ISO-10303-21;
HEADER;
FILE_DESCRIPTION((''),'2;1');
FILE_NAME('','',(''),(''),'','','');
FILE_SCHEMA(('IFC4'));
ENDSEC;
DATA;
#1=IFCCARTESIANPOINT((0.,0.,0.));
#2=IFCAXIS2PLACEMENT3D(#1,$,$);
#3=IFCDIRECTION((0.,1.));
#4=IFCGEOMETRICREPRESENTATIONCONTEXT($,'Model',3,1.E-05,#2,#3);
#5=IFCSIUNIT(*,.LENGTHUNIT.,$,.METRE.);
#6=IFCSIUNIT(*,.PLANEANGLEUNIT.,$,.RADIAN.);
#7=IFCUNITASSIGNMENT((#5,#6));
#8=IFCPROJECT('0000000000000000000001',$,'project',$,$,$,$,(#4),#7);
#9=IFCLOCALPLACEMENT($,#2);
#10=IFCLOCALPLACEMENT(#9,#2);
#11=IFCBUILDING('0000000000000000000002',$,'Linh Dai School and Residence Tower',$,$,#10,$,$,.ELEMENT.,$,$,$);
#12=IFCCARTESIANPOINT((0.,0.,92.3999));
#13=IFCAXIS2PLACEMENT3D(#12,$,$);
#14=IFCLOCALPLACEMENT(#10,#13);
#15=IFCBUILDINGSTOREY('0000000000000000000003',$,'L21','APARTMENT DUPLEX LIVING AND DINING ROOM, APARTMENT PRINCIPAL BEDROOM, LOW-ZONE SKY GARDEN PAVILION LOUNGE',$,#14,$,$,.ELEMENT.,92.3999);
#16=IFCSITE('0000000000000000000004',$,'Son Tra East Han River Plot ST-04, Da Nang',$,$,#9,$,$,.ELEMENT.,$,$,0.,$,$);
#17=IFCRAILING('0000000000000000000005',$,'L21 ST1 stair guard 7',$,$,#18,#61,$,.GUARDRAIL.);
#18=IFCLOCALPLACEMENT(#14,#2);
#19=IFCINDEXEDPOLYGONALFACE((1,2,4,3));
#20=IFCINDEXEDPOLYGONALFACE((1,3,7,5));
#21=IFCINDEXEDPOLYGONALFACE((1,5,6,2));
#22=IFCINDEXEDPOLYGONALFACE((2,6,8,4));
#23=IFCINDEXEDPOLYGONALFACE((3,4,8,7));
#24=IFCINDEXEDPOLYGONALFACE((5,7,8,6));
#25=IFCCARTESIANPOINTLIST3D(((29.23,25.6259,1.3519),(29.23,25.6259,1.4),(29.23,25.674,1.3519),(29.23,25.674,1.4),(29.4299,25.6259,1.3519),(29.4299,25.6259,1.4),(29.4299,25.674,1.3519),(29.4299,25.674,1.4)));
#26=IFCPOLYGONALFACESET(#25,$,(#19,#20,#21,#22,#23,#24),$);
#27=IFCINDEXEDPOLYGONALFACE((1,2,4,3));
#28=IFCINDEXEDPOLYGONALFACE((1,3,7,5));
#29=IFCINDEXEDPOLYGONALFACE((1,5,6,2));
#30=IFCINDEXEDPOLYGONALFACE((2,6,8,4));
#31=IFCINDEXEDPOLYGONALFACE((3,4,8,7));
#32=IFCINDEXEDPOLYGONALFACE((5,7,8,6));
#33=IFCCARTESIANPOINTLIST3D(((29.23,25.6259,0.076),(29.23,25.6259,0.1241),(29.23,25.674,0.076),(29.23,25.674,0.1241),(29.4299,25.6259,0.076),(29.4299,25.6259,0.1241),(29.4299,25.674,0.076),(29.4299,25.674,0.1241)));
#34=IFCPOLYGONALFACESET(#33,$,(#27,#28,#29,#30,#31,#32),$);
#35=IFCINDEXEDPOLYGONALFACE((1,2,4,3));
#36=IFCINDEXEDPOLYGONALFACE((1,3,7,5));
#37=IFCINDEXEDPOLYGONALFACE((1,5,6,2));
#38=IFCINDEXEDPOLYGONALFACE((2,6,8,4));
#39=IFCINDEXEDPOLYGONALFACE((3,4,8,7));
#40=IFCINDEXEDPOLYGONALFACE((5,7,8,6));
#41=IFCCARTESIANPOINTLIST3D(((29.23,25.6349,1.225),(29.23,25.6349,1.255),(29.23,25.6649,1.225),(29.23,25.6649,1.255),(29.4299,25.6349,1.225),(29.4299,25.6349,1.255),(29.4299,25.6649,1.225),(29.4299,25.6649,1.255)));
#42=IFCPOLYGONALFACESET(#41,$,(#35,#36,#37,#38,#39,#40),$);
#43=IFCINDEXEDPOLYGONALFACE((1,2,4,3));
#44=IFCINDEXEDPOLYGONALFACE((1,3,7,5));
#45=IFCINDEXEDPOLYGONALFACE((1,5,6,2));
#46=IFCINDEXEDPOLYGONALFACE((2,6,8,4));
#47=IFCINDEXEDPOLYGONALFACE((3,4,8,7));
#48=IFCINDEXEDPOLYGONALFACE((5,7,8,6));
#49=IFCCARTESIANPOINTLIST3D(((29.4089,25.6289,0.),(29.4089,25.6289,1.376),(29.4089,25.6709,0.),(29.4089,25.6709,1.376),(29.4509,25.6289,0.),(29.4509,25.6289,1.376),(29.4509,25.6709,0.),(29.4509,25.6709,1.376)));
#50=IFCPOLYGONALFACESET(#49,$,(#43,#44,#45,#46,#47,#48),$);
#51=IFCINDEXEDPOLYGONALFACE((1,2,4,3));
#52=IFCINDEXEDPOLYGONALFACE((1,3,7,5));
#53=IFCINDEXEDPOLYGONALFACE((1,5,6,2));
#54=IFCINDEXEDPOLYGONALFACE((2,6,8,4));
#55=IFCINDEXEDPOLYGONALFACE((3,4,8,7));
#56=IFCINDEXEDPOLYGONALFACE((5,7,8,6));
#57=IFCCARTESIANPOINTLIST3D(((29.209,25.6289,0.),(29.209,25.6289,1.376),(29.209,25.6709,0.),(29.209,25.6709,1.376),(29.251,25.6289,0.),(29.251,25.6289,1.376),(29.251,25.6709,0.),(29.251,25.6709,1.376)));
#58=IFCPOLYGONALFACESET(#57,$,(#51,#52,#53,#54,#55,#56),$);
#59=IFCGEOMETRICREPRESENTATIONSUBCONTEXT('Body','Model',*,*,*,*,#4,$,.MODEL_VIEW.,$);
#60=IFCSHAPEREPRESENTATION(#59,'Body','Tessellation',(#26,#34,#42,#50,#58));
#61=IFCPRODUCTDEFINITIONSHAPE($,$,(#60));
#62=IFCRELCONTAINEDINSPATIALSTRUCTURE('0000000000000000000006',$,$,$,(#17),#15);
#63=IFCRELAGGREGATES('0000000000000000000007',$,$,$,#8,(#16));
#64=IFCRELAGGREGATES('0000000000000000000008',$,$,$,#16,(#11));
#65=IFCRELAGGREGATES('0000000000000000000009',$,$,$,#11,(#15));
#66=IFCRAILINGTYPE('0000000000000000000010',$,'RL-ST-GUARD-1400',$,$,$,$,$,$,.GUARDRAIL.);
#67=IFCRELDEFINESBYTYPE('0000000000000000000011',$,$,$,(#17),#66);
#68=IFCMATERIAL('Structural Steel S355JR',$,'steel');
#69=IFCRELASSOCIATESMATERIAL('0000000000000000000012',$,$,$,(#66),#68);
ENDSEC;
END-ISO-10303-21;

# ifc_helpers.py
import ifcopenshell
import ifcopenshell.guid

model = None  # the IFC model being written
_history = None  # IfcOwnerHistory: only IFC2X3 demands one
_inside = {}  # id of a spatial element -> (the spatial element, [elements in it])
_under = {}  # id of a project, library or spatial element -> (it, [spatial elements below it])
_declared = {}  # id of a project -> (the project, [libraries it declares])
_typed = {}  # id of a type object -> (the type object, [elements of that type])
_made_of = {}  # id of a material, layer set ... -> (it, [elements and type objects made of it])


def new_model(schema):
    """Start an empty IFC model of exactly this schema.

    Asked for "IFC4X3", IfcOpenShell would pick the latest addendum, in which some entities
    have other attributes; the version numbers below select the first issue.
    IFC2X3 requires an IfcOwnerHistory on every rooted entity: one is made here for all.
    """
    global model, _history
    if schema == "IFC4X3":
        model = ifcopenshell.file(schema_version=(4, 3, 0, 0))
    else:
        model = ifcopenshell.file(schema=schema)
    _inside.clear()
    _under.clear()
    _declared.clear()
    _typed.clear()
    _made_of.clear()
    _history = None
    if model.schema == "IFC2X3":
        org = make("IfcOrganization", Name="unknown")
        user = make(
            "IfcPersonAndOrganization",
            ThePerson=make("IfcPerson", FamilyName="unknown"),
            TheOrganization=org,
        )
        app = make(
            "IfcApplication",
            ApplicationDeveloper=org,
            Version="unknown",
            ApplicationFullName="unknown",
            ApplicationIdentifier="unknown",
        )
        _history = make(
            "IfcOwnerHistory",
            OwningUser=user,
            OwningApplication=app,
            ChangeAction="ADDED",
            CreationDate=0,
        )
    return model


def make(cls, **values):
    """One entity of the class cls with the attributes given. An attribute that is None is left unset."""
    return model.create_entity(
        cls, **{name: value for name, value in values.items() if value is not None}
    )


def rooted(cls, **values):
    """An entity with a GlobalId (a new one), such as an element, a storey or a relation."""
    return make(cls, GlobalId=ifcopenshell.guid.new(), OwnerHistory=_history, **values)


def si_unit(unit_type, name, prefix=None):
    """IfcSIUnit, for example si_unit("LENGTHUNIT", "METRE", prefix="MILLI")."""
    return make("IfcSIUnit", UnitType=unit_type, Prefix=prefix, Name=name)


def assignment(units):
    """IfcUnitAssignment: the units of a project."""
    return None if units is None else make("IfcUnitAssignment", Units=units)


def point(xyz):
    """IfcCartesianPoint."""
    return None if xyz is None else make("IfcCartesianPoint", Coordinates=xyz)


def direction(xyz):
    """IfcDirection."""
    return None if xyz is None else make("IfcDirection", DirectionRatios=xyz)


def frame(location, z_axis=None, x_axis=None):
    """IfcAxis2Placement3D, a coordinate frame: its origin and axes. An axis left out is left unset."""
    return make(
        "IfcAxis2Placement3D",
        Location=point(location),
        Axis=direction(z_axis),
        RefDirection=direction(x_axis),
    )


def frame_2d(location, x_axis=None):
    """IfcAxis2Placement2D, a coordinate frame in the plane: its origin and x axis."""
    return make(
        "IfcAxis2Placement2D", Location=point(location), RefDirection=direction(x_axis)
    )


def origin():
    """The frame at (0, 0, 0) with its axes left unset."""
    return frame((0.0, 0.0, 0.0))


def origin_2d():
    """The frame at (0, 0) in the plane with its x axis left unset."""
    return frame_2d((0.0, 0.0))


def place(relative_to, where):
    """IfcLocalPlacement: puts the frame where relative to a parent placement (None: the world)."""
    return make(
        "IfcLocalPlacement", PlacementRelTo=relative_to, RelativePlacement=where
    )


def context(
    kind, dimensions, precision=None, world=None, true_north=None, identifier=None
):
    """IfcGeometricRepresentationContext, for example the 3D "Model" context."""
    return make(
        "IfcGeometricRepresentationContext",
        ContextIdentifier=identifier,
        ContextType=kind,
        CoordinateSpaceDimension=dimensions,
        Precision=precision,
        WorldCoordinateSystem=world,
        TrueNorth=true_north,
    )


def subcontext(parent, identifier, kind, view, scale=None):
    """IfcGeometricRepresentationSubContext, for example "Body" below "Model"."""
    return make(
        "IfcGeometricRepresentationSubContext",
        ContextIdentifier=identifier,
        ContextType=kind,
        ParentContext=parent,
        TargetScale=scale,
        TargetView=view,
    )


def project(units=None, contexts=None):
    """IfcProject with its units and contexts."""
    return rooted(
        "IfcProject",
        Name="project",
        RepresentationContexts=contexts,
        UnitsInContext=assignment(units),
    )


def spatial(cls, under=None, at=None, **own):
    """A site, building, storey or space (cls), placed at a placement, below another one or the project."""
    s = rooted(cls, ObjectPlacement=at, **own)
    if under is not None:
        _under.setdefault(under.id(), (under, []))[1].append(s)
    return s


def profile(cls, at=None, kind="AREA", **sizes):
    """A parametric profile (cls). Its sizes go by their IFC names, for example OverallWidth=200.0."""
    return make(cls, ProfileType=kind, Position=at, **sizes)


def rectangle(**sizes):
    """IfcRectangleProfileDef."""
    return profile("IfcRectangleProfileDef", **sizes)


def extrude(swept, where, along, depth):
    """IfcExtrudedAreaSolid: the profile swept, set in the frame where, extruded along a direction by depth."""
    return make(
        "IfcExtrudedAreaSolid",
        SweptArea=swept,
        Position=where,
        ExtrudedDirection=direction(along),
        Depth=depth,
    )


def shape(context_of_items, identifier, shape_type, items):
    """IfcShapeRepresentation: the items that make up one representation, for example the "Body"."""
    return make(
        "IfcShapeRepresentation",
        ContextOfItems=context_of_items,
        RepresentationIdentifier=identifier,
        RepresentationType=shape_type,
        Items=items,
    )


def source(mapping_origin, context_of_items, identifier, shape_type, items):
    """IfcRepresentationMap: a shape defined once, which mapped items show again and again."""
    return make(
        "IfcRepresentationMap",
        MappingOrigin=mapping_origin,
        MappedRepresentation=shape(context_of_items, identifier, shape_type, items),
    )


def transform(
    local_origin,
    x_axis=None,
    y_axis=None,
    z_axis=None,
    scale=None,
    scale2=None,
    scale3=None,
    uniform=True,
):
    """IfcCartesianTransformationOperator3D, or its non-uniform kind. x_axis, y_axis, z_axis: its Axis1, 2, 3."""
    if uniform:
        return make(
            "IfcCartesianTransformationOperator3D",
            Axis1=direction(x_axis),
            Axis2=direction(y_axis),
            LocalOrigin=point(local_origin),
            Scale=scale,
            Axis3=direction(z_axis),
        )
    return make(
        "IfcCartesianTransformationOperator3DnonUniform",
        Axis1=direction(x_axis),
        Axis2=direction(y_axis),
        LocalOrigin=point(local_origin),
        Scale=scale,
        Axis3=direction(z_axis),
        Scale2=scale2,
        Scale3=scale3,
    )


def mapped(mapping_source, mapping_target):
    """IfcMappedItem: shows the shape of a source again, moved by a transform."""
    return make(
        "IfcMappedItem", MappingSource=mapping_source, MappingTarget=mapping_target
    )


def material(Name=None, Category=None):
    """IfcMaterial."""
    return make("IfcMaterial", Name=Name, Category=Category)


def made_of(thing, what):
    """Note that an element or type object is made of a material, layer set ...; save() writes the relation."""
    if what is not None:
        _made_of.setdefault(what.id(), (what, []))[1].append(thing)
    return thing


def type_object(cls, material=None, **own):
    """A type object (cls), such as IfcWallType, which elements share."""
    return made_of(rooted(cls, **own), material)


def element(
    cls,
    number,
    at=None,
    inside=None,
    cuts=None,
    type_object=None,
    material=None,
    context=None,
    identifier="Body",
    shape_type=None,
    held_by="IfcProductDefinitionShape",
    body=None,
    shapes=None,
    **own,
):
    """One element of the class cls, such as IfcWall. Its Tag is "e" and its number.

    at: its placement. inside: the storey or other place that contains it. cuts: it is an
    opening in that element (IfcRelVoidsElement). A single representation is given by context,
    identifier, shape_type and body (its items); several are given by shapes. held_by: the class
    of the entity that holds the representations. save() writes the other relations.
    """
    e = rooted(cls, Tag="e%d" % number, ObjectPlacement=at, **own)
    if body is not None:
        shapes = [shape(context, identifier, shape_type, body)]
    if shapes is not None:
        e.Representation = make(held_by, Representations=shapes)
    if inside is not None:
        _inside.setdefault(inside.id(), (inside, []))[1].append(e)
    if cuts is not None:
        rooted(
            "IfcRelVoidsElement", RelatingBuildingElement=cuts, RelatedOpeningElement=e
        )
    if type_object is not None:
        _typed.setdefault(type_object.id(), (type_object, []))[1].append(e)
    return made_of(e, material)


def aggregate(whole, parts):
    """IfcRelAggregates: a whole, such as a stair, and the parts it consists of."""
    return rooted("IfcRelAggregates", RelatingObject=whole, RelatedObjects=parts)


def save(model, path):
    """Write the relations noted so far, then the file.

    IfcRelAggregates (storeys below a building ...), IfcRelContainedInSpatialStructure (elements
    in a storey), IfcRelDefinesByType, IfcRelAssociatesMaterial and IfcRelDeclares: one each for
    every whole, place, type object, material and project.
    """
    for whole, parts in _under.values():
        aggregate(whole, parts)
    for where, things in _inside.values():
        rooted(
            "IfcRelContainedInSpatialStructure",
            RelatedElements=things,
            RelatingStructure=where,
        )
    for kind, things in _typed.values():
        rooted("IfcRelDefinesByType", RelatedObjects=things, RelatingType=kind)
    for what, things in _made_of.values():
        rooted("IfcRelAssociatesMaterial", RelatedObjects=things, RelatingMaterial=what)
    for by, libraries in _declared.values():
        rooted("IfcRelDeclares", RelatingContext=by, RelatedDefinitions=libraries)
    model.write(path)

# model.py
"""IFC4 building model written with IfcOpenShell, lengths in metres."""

from ifc_helpers import new_model, si_unit, direction, frame, origin, origin_2d, place, context, subcontext, project, spatial, rectangle, extrude, source, transform, mapped, material, type_object, element, save


model = new_model("IFC4")

# Units and contexts
model_context = context("Model", 3, precision=1e-05, world=origin(), true_north=direction((0.0, 1.0)))
body_context = subcontext(model_context, "Body", "Model", "MODEL_VIEW")
ifc_project = project(units=[si_unit("LENGTHUNIT", "METRE"), si_unit("PLANEANGLEUNIT", "RADIAN")], contexts=[model_context])

# Site, building, storey
site_placement = place(None, origin())
site = spatial("IfcSite", under=ifc_project, at=site_placement, Name="Son Tra East Han River Plot ST-04, Da Nang", CompositionType="ELEMENT", RefElevation=0.0)
building_placement = place(site_placement, origin())
building = spatial("IfcBuilding", under=site, at=building_placement, Name="Linh Dai School and Residence Tower", CompositionType="ELEMENT")
storey_placement = place(building_placement, frame((0.0, 0.0, 92.3999)))
storey = spatial("IfcBuildingStorey", under=building, at=storey_placement, Name="L21", Description="APARTMENT DUPLEX LIVING AND DINING ROOM, APARTMENT PRINCIPAL BEDROOM, LOW-ZONE SKY GARDEN PAVILION LOUNGE", CompositionType="ELEMENT", Elevation=92.3999)

# Shared definitions
ifc_material_1 = material(Name="Structural Steel S355JR", Category="steel")

# Railing
railing_type_1 = type_object("IfcRailingType", Name="RL-ST-GUARD-1400", PredefinedType="GUARDRAIL", material=ifc_material_1)
shared_shape_1 = source(origin(), body_context, "Body", "SweptSolid", [
    extrude(rectangle(XDim=0.0481, YDim=0.0481, at=origin_2d()), frame((0.0, 0.0, 1.376), z_axis=(-1.0, 0.0, 0.0), x_axis=(0.0, -1.0, 0.0)), (0.0, 0.0, 1.0), 0.2),
    extrude(rectangle(XDim=0.0481, YDim=0.0481, at=origin_2d()), frame((0.0, 0.0, 0.1001), z_axis=(-1.0, 0.0, 0.0), x_axis=(0.0, -1.0, 0.0)), (0.0, 0.0, 1.0), 0.2),
    extrude(rectangle(XDim=0.03, YDim=0.03, at=origin_2d()), frame((0.0, 0.0, 1.24), z_axis=(-1.0, 0.0, 0.0), x_axis=(0.0, -1.0, 0.0)), (0.0, 0.0, 1.0), 0.2),
    extrude(rectangle(XDim=0.042, YDim=0.042, at=origin_2d()), origin(), (0.0, 0.0, 1.0), 1.376),
    extrude(rectangle(XDim=0.042, YDim=0.042, at=origin_2d()), frame((-0.2, 0.0, 0.0)), (0.0, 0.0, 1.0), 1.376),
])
railing_1_placement = place(storey_placement, frame((29.4299, 25.6499, 0.0)))
element("IfcRailing", 1, at=railing_1_placement, inside=storey, type_object=railing_type_1, Name="L21 ST1 stair guard 7", PredefinedType="GUARDRAIL", context=body_context, shape_type="MappedRepresentation", body=[
    mapped(shared_shape_1, transform((0.0, 0.0, 0.0), x_axis=(1.0, 0.0, 0.0), y_axis=(0.0, 1.0, 0.0), z_axis=(0.0, 0.0, 1.0), scale=1.0)),
])

save(model, "model.ifc")
